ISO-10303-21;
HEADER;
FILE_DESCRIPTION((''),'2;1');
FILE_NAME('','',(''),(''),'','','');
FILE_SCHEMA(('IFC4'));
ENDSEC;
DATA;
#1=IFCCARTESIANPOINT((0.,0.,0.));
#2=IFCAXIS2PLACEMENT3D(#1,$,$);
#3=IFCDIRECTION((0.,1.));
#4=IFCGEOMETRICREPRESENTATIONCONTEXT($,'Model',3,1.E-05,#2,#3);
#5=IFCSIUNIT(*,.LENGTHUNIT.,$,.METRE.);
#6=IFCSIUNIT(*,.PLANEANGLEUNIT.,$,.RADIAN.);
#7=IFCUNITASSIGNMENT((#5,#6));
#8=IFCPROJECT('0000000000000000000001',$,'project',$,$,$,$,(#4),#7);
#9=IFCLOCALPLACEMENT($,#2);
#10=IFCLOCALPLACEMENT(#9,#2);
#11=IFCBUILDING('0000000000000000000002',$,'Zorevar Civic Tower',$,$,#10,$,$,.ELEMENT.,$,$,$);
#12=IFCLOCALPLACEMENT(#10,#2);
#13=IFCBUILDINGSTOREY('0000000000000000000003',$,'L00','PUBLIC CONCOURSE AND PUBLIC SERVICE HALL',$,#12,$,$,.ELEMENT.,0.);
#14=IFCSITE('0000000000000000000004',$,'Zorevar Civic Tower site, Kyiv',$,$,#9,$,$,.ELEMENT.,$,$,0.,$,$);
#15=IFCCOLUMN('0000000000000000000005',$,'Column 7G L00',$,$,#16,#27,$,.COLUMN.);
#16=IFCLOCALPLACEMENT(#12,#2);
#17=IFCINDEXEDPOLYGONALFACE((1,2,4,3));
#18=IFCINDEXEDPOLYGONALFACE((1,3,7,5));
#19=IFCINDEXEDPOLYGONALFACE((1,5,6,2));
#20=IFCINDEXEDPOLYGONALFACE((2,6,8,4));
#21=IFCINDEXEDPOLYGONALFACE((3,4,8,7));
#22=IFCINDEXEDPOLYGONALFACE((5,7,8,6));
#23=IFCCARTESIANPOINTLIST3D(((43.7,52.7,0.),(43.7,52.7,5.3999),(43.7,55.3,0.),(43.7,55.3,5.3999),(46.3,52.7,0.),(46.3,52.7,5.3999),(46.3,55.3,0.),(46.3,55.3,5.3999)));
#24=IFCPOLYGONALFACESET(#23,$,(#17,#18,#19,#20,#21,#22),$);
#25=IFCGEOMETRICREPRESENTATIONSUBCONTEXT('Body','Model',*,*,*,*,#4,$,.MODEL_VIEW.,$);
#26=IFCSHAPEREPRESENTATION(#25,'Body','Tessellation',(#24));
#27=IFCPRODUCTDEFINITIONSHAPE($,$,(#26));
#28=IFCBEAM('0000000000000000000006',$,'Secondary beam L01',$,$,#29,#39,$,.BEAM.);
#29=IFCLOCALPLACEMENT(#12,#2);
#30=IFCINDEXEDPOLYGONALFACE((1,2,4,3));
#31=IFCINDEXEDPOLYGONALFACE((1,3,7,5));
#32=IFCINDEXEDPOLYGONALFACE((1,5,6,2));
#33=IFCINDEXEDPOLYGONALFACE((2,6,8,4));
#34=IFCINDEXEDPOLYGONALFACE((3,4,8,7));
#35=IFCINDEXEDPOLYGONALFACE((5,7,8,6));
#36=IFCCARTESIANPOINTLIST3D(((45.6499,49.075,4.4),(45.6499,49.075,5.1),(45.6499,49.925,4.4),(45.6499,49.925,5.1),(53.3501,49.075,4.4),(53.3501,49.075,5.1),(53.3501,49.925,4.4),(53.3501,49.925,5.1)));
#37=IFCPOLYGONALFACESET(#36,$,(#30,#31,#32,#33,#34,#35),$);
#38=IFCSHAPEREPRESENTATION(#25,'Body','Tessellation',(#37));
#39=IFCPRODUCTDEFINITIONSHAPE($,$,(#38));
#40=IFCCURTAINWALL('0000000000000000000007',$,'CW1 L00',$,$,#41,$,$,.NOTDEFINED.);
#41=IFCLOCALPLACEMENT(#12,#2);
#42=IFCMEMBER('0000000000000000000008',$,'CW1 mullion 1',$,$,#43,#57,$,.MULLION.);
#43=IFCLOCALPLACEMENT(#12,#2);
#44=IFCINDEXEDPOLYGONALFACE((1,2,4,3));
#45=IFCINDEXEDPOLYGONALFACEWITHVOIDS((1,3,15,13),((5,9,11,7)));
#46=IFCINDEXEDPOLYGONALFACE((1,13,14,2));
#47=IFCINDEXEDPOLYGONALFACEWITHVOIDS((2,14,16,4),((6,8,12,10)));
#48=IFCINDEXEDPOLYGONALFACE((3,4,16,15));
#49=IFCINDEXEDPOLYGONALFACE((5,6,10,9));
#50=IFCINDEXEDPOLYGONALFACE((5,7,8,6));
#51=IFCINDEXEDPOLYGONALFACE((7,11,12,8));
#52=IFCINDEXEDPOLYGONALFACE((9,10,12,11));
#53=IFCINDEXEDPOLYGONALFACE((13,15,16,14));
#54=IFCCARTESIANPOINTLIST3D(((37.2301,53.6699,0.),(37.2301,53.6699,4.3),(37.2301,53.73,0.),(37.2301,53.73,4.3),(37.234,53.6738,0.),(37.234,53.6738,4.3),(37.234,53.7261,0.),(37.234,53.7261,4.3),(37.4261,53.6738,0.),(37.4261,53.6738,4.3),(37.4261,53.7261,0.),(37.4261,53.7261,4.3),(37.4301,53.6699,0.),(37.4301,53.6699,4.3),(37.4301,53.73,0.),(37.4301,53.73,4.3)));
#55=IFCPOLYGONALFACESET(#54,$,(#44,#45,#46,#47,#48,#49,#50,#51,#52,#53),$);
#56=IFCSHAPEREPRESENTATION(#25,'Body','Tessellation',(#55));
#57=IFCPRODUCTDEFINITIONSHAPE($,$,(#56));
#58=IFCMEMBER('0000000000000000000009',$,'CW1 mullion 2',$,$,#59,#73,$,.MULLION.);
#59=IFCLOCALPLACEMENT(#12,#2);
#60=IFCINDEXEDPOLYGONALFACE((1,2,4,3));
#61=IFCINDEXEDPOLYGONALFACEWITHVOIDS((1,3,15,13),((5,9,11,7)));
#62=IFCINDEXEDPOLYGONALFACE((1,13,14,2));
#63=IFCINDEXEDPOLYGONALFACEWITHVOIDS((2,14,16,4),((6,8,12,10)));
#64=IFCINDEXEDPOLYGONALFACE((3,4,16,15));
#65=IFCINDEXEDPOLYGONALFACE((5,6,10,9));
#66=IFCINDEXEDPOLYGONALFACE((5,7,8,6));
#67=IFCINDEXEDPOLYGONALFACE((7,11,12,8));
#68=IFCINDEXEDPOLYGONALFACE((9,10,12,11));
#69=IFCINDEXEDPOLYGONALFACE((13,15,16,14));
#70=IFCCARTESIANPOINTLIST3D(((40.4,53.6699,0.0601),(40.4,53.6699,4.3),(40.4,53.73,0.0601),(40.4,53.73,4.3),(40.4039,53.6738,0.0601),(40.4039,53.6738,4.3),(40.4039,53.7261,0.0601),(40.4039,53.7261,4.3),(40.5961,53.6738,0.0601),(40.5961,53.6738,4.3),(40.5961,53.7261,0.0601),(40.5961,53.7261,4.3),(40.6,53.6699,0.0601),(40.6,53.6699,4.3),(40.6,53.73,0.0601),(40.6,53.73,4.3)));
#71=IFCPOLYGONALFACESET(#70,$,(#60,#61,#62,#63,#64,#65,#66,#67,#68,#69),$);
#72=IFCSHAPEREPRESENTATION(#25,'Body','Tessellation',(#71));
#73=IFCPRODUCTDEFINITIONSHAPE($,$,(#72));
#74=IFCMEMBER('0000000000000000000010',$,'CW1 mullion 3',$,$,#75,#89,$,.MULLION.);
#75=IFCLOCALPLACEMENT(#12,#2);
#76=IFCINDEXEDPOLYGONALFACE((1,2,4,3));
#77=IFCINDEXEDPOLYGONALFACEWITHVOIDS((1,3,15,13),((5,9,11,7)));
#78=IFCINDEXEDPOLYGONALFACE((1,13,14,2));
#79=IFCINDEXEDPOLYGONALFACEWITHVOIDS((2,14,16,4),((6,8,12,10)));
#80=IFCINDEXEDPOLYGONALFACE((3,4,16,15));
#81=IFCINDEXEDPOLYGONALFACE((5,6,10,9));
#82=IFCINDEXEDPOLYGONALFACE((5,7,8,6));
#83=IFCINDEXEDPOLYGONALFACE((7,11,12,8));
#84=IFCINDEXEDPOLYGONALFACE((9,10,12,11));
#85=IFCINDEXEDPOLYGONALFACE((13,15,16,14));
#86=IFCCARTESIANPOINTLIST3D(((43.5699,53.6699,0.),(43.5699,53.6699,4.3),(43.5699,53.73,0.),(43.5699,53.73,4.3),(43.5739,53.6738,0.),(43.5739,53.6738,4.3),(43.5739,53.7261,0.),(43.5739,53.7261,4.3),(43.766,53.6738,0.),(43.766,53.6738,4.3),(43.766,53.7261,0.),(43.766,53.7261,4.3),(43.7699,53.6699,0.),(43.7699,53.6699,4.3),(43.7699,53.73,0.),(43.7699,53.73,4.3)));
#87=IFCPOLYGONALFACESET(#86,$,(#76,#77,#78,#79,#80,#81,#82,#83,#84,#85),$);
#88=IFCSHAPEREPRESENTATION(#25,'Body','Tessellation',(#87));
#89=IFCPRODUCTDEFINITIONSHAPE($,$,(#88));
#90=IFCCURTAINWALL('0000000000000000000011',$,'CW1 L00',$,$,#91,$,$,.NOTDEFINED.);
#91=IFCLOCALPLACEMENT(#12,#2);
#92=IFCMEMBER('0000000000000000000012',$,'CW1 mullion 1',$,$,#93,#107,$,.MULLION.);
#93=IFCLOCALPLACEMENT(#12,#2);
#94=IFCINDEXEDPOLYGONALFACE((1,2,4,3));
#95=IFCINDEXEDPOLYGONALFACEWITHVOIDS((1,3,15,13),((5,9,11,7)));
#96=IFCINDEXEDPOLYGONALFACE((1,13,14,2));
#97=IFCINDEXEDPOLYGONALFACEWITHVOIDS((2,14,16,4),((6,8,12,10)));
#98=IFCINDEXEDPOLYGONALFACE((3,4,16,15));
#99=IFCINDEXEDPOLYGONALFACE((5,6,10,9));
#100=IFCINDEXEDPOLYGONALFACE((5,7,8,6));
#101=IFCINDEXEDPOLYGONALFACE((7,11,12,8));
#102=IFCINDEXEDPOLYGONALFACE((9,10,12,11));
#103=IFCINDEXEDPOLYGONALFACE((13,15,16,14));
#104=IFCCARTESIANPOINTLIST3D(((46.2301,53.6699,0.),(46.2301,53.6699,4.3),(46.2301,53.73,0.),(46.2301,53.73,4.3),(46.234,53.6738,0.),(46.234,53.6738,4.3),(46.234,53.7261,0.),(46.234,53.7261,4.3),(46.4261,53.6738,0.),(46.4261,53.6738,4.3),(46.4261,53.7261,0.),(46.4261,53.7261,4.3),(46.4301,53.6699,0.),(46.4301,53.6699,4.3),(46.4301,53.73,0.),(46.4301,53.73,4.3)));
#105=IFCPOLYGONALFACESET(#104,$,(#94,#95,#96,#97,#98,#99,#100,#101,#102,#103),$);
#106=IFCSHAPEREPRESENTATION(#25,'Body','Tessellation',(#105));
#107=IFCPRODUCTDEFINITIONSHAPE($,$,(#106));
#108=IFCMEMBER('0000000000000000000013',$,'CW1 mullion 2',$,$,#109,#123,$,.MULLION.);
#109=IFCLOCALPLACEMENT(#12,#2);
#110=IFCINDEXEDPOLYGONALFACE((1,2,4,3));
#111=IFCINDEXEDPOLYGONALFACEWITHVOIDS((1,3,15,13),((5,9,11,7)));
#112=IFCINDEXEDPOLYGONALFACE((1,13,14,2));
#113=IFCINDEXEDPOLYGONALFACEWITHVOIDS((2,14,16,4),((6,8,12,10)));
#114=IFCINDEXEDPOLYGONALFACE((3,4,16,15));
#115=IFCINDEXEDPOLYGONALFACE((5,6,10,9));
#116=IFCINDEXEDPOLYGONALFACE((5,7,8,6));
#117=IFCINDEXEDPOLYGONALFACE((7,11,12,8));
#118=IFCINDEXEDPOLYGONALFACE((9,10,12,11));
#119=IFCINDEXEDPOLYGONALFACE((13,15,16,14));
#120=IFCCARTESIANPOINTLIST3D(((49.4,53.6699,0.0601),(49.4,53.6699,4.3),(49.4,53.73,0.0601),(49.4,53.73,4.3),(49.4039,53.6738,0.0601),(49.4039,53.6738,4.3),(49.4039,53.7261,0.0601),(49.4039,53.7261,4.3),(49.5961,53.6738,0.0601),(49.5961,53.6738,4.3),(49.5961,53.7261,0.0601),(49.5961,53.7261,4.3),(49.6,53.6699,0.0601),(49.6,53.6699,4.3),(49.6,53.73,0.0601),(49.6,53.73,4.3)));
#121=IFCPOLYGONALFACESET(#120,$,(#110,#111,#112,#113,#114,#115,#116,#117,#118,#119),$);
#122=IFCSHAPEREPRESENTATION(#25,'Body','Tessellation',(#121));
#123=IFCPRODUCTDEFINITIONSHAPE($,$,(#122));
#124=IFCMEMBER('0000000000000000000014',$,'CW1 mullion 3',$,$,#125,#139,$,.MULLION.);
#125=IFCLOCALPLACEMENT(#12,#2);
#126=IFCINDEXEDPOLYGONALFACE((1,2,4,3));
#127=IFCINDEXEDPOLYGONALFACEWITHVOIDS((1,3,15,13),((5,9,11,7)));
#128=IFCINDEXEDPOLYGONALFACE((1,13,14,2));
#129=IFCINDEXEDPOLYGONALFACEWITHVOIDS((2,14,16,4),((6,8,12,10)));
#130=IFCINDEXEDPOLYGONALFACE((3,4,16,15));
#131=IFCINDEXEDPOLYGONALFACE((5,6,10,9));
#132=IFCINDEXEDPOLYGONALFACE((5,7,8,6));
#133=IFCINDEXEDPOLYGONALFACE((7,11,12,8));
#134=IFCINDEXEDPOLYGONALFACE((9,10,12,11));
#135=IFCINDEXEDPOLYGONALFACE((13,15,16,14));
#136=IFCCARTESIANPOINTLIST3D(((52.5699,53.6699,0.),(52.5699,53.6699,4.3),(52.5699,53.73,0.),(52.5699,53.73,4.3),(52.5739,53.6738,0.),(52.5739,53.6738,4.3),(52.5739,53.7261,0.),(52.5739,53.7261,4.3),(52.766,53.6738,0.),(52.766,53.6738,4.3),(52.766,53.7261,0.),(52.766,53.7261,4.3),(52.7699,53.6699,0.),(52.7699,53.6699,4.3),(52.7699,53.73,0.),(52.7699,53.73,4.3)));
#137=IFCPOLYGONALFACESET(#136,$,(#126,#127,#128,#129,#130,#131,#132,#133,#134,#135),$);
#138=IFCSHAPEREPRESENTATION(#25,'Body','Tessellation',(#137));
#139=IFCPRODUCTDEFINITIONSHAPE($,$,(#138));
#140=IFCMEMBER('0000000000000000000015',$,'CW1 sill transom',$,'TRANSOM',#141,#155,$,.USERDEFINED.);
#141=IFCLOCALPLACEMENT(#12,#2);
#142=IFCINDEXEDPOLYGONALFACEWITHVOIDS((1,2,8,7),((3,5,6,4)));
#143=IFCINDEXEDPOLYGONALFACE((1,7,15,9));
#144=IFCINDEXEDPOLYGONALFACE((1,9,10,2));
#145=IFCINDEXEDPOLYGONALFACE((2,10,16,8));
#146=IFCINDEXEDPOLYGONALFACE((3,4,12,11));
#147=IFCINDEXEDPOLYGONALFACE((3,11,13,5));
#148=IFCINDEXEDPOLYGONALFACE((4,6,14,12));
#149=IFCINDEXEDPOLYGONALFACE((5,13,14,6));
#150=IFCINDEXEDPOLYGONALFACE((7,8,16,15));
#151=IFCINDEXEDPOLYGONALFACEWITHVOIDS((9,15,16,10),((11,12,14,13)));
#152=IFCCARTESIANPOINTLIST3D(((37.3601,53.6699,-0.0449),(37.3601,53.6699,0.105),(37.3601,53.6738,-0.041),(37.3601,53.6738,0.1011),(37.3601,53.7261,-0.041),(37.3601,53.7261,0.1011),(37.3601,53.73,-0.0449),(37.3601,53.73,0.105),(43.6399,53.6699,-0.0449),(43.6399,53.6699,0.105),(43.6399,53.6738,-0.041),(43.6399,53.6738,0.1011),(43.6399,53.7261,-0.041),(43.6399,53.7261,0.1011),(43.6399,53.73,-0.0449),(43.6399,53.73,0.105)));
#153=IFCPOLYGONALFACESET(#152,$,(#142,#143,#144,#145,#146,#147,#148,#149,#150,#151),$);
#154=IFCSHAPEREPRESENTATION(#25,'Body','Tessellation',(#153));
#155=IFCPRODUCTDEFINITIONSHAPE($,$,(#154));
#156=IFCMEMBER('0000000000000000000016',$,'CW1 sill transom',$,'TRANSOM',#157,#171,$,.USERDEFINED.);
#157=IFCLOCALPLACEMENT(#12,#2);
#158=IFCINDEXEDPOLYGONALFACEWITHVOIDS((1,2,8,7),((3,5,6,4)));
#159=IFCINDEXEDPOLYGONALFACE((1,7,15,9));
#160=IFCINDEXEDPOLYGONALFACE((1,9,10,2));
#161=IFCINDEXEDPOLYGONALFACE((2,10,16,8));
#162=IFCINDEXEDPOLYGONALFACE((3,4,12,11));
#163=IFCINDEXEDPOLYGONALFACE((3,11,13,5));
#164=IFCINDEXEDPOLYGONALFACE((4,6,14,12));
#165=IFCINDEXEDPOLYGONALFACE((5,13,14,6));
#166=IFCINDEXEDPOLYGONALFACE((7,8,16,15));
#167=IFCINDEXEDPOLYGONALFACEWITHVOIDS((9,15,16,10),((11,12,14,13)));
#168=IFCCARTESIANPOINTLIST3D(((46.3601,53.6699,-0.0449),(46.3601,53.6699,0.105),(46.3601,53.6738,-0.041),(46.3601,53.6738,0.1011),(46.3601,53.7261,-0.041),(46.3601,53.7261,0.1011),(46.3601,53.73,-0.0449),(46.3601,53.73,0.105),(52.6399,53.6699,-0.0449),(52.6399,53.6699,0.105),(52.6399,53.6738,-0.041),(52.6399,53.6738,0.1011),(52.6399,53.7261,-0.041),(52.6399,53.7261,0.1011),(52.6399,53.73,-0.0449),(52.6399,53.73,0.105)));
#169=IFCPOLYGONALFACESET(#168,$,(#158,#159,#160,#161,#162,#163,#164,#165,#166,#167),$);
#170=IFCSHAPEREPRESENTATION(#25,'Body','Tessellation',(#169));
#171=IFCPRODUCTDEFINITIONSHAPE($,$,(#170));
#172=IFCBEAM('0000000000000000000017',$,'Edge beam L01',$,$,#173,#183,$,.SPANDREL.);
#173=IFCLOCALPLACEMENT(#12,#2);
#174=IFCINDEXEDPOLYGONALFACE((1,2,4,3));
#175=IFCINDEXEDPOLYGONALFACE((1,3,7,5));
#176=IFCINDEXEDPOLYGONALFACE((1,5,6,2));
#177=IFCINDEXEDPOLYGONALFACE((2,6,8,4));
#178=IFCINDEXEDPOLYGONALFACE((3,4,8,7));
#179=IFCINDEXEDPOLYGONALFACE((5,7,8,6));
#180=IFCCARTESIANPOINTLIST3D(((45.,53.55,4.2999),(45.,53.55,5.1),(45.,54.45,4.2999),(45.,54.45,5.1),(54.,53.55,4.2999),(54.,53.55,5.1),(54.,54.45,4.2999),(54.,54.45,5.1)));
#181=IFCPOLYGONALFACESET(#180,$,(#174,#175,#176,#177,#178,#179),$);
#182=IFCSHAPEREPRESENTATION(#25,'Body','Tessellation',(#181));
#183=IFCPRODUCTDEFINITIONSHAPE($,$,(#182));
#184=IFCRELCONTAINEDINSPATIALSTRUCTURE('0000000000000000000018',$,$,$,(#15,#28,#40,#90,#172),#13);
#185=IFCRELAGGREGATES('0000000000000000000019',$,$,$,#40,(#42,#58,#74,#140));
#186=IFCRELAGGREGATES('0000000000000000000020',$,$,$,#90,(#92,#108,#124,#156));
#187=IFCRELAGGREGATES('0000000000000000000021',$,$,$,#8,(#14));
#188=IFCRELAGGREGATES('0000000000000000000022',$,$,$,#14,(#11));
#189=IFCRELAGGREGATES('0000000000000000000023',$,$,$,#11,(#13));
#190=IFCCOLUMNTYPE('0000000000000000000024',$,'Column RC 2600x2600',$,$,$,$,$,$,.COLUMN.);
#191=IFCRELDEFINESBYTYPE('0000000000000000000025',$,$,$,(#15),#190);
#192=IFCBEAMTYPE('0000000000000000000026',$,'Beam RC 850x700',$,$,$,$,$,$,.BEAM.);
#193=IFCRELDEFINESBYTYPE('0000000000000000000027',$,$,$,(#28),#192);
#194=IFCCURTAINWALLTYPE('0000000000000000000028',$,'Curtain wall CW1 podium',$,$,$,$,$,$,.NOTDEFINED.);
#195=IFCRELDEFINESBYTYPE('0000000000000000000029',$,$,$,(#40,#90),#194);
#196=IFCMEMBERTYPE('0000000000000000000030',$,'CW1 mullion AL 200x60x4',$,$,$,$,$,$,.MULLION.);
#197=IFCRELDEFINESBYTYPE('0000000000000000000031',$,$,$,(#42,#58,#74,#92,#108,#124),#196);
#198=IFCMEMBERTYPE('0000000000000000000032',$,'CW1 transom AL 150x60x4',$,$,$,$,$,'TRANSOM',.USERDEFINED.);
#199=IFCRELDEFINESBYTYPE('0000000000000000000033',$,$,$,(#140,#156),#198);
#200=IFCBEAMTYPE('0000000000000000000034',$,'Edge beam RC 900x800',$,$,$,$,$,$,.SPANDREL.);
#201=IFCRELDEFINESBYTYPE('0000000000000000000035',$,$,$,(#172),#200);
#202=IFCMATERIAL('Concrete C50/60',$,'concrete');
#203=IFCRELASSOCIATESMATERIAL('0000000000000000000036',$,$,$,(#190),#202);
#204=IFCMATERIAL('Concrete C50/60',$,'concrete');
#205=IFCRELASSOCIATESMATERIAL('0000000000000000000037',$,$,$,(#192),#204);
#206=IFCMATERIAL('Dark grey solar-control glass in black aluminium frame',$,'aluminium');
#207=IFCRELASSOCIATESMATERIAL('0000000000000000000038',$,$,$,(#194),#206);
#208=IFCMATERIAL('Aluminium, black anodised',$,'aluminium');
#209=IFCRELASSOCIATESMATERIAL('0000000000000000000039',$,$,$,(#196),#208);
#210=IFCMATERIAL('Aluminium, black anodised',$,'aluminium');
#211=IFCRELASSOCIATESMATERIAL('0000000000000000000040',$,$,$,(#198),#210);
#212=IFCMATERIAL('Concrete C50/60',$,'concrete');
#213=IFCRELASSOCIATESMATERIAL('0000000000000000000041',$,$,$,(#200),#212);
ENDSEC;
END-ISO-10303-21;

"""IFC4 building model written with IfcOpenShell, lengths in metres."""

from ifc_helpers import new_model, si_unit, direction, frame, origin, origin_2d, place, context, subcontext, project, spatial, rectangle, hollow_rectangle, extrude, material, material_profile, profile_set, type_object, element, aggregate, save


model = new_model("IFC4")

# Units and contexts
model_context = context("Model", 3, precision=1e-05, world=origin(), true_north=direction((0.0, 1.0)))
body_context = subcontext(model_context, "Body", "Model", "MODEL_VIEW")
ifc_project = project(units=[si_unit("LENGTHUNIT", "METRE"), si_unit("PLANEANGLEUNIT", "RADIAN")], contexts=[model_context])

# Site, building, storey
site_placement = place(None, origin())
site = spatial("IfcSite", under=ifc_project, at=site_placement, Name="Zorevar Civic Tower site, Kyiv", CompositionType="ELEMENT", RefElevation=0.0)
building_placement = place(site_placement, origin())
building = spatial("IfcBuilding", under=site, at=building_placement, Name="Zorevar Civic Tower", CompositionType="ELEMENT")
storey_placement = place(building_placement, origin())
storey = spatial("IfcBuildingStorey", under=building, at=storey_placement, Name="L00", Description="PUBLIC CONCOURSE AND PUBLIC SERVICE HALL", CompositionType="ELEMENT", Elevation=0.0)

# Column
ifc_material_1 = material(Name="Concrete C50/60", Category="concrete")
ifc_material_profile_1 = material_profile(ifc_material_1, rectangle(XDim=2.6001, YDim=2.6001, at=origin_2d()), Name="RC 2600x2600")
ifc_profile_set_1 = profile_set([ifc_material_profile_1], Name="Concrete C50/60")
column_type = type_object("IfcColumnType", Name="Column RC 2600x2600", PredefinedType="COLUMN", material=ifc_profile_set_1)
column_placement = place(storey_placement, frame((45.0, 54.0, 0.0), z_axis=(0.0, 0.0, 1.0), x_axis=(1.0, 0.0, 0.0)))
element("IfcColumn", 1, at=column_placement, inside=storey, type_object=column_type, Name="Column 7G L00", PredefinedType="COLUMN", context=body_context, shape_type="SweptSolid", body=[
    extrude(rectangle(XDim=2.6001, YDim=2.6001, at=origin_2d()), origin(), (0.0, 0.0, 1.0), 5.3999),
])

# Beam
ifc_material_2 = material(Name="Concrete C50/60", Category="concrete")
ifc_material_profile_2 = material_profile(ifc_material_2, rectangle(XDim=0.8501, YDim=0.7, at=origin_2d()), Name="RC 850x700")
ifc_profile_set_2 = profile_set([ifc_material_profile_2], Name="Concrete C50/60")
beam_type_1 = type_object("IfcBeamType", Name="Beam RC 850x700", PredefinedType="BEAM", material=ifc_profile_set_2)
beam_1_placement = place(storey_placement, frame((45.6499, 49.5, 4.75), z_axis=(1.0, 0.0, 0.0), x_axis=(0.0, 1.0, 0.0)))
element("IfcBeam", 2, at=beam_1_placement, inside=storey, type_object=beam_type_1, Name="Secondary beam L01", PredefinedType="BEAM", context=body_context, shape_type="SweptSolid", body=[
    extrude(rectangle(XDim=0.8501, YDim=0.7, at=origin_2d()), origin(), (0.0, 0.0, 1.0), 7.7002),
])

# Curtain walls, members
ifc_material_3 = material(Name="Dark grey solar-control glass in black aluminium frame", Category="aluminium")
curtain_wall_type = type_object("IfcCurtainWallType", Name="Curtain wall CW1 podium", PredefinedType="NOTDEFINED", material=ifc_material_3)
curtain_wall_1_placement = place(storey_placement, origin())
curtain_wall_1 = element("IfcCurtainWall", 3, at=curtain_wall_1_placement, inside=storey, type_object=curtain_wall_type, Name="CW1 L00", PredefinedType="NOTDEFINED")
ifc_material_4 = material(Name="Aluminium, black anodised", Category="aluminium")
ifc_material_profile_3 = material_profile(ifc_material_4, hollow_rectangle(XDim=0.0601, YDim=0.2, WallThickness=0.0039, at=origin_2d()), Name="AL 200x60x4")
ifc_profile_set_3 = profile_set([ifc_material_profile_3], Name="Aluminium, black anodised")
member_type_1 = type_object("IfcMemberType", Name="CW1 mullion AL 200x60x4", PredefinedType="MULLION", material=ifc_profile_set_3)
member_1_placement = place(storey_placement, frame((37.3301, 53.7, 0.0), z_axis=(0.0, 0.0, 1.0), x_axis=(0.0, 1.0, 0.0)))
member_1 = element("IfcMember", 4, at=member_1_placement, type_object=member_type_1, Name="CW1 mullion 1", PredefinedType="MULLION", context=body_context, shape_type="SweptSolid", body=[
    extrude(hollow_rectangle(XDim=0.0601, YDim=0.2, WallThickness=0.0039, at=origin_2d()), origin(), (0.0, 0.0, 1.0), 4.3),
])
member_2_placement = place(storey_placement, frame((40.5, 53.7, 0.0601), z_axis=(0.0, 0.0, 1.0), x_axis=(0.0, 1.0, 0.0)))
member_2 = element("IfcMember", 5, at=member_2_placement, type_object=member_type_1, Name="CW1 mullion 2", PredefinedType="MULLION", context=body_context, shape_type="SweptSolid", body=[
    extrude(hollow_rectangle(XDim=0.0601, YDim=0.2, WallThickness=0.0039, at=origin_2d()), origin(), (0.0, 0.0, 1.0), 4.24),
])
member_3_placement = place(storey_placement, frame((43.6699, 53.7, 0.0), z_axis=(0.0, 0.0, 1.0), x_axis=(0.0, 1.0, 0.0)))
member_3 = element("IfcMember", 6, at=member_3_placement, type_object=member_type_1, Name="CW1 mullion 3", PredefinedType="MULLION", context=body_context, shape_type="SweptSolid", body=[
    extrude(hollow_rectangle(XDim=0.0601, YDim=0.2, WallThickness=0.0039, at=origin_2d()), origin(), (0.0, 0.0, 1.0), 4.3),
])
curtain_wall_2_placement = place(storey_placement, origin())
curtain_wall_2 = element("IfcCurtainWall", 7, at=curtain_wall_2_placement, inside=storey, type_object=curtain_wall_type, Name="CW1 L00", PredefinedType="NOTDEFINED")
member_4_placement = place(storey_placement, frame((46.3301, 53.7, 0.0), z_axis=(0.0, 0.0, 1.0), x_axis=(0.0, 1.0, 0.0)))
member_4 = element("IfcMember", 8, at=member_4_placement, type_object=member_type_1, Name="CW1 mullion 1", PredefinedType="MULLION", context=body_context, shape_type="SweptSolid", body=[
    extrude(hollow_rectangle(XDim=0.0601, YDim=0.2, WallThickness=0.0039, at=origin_2d()), origin(), (0.0, 0.0, 1.0), 4.3),
])
member_5_placement = place(storey_placement, frame((49.5, 53.7, 0.0601), z_axis=(0.0, 0.0, 1.0), x_axis=(0.0, 1.0, 0.0)))
member_5 = element("IfcMember", 9, at=member_5_placement, type_object=member_type_1, Name="CW1 mullion 2", PredefinedType="MULLION", context=body_context, shape_type="SweptSolid", body=[
    extrude(hollow_rectangle(XDim=0.0601, YDim=0.2, WallThickness=0.0039, at=origin_2d()), origin(), (0.0, 0.0, 1.0), 4.24),
])
member_6_placement = place(storey_placement, frame((52.6699, 53.7, 0.0), z_axis=(0.0, 0.0, 1.0), x_axis=(0.0, 1.0, 0.0)))
member_6 = element("IfcMember", 10, at=member_6_placement, type_object=member_type_1, Name="CW1 mullion 3", PredefinedType="MULLION", context=body_context, shape_type="SweptSolid", body=[
    extrude(hollow_rectangle(XDim=0.0601, YDim=0.2, WallThickness=0.0039, at=origin_2d()), origin(), (0.0, 0.0, 1.0), 4.3),
])

# Members
ifc_material_5 = material(Name="Aluminium, black anodised", Category="aluminium")
ifc_material_profile_4 = material_profile(ifc_material_5, hollow_rectangle(XDim=0.0601, YDim=0.1499, WallThickness=0.0039, at=origin_2d()), Name="AL 150x60x4")
ifc_profile_set_4 = profile_set([ifc_material_profile_4], Name="Aluminium, black anodised")
member_type_2 = type_object("IfcMemberType", Name="CW1 transom AL 150x60x4", ElementType="TRANSOM", PredefinedType="USERDEFINED", material=ifc_profile_set_4)
member_7_placement = place(storey_placement, frame((37.3601, 53.7, 0.03), z_axis=(1.0, 0.0, 0.0), x_axis=(0.0, 1.0, 0.0)))
member_7 = element("IfcMember", 11, at=member_7_placement, type_object=member_type_2, Name="CW1 sill transom", ObjectType="TRANSOM", PredefinedType="USERDEFINED", context=body_context, shape_type="SweptSolid", body=[
    extrude(hollow_rectangle(XDim=0.0601, YDim=0.1499, WallThickness=0.0039, at=origin_2d()), origin(), (0.0, 0.0, 1.0), 6.2798),
])
member_8_placement = place(storey_placement, frame((46.3601, 53.7, 0.03), z_axis=(1.0, 0.0, 0.0), x_axis=(0.0, 1.0, 0.0)))
member_8 = element("IfcMember", 12, at=member_8_placement, type_object=member_type_2, Name="CW1 sill transom", ObjectType="TRANSOM", PredefinedType="USERDEFINED", context=body_context, shape_type="SweptSolid", body=[
    extrude(hollow_rectangle(XDim=0.0601, YDim=0.1499, WallThickness=0.0039, at=origin_2d()), origin(), (0.0, 0.0, 1.0), 6.2798),
])

# Beam
ifc_material_6 = material(Name="Concrete C50/60", Category="concrete")
ifc_material_profile_5 = material_profile(ifc_material_6, rectangle(XDim=0.8999, YDim=0.8, at=origin_2d()), Name="RC 900x800")
ifc_profile_set_5 = profile_set([ifc_material_profile_5], Name="Concrete C50/60")
beam_type_2 = type_object("IfcBeamType", Name="Edge beam RC 900x800", PredefinedType="SPANDREL", material=ifc_profile_set_5)
beam_2_placement = place(storey_placement, frame((45.0, 54.0, 4.7), z_axis=(1.0, 0.0, 0.0), x_axis=(0.0, 1.0, 0.0)))
element("IfcBeam", 13, at=beam_2_placement, inside=storey, type_object=beam_type_2, Name="Edge beam L01", PredefinedType="SPANDREL", context=body_context, shape_type="SweptSolid", body=[
    extrude(rectangle(XDim=0.8999, YDim=0.8, at=origin_2d()), origin(), (0.0, 0.0, 1.0), 9.0),
])

aggregate(curtain_wall_1, [member_1, member_2, member_3, member_7])
aggregate(curtain_wall_2, [member_4, member_5, member_6, member_8])

save(model, "model.ifc")
